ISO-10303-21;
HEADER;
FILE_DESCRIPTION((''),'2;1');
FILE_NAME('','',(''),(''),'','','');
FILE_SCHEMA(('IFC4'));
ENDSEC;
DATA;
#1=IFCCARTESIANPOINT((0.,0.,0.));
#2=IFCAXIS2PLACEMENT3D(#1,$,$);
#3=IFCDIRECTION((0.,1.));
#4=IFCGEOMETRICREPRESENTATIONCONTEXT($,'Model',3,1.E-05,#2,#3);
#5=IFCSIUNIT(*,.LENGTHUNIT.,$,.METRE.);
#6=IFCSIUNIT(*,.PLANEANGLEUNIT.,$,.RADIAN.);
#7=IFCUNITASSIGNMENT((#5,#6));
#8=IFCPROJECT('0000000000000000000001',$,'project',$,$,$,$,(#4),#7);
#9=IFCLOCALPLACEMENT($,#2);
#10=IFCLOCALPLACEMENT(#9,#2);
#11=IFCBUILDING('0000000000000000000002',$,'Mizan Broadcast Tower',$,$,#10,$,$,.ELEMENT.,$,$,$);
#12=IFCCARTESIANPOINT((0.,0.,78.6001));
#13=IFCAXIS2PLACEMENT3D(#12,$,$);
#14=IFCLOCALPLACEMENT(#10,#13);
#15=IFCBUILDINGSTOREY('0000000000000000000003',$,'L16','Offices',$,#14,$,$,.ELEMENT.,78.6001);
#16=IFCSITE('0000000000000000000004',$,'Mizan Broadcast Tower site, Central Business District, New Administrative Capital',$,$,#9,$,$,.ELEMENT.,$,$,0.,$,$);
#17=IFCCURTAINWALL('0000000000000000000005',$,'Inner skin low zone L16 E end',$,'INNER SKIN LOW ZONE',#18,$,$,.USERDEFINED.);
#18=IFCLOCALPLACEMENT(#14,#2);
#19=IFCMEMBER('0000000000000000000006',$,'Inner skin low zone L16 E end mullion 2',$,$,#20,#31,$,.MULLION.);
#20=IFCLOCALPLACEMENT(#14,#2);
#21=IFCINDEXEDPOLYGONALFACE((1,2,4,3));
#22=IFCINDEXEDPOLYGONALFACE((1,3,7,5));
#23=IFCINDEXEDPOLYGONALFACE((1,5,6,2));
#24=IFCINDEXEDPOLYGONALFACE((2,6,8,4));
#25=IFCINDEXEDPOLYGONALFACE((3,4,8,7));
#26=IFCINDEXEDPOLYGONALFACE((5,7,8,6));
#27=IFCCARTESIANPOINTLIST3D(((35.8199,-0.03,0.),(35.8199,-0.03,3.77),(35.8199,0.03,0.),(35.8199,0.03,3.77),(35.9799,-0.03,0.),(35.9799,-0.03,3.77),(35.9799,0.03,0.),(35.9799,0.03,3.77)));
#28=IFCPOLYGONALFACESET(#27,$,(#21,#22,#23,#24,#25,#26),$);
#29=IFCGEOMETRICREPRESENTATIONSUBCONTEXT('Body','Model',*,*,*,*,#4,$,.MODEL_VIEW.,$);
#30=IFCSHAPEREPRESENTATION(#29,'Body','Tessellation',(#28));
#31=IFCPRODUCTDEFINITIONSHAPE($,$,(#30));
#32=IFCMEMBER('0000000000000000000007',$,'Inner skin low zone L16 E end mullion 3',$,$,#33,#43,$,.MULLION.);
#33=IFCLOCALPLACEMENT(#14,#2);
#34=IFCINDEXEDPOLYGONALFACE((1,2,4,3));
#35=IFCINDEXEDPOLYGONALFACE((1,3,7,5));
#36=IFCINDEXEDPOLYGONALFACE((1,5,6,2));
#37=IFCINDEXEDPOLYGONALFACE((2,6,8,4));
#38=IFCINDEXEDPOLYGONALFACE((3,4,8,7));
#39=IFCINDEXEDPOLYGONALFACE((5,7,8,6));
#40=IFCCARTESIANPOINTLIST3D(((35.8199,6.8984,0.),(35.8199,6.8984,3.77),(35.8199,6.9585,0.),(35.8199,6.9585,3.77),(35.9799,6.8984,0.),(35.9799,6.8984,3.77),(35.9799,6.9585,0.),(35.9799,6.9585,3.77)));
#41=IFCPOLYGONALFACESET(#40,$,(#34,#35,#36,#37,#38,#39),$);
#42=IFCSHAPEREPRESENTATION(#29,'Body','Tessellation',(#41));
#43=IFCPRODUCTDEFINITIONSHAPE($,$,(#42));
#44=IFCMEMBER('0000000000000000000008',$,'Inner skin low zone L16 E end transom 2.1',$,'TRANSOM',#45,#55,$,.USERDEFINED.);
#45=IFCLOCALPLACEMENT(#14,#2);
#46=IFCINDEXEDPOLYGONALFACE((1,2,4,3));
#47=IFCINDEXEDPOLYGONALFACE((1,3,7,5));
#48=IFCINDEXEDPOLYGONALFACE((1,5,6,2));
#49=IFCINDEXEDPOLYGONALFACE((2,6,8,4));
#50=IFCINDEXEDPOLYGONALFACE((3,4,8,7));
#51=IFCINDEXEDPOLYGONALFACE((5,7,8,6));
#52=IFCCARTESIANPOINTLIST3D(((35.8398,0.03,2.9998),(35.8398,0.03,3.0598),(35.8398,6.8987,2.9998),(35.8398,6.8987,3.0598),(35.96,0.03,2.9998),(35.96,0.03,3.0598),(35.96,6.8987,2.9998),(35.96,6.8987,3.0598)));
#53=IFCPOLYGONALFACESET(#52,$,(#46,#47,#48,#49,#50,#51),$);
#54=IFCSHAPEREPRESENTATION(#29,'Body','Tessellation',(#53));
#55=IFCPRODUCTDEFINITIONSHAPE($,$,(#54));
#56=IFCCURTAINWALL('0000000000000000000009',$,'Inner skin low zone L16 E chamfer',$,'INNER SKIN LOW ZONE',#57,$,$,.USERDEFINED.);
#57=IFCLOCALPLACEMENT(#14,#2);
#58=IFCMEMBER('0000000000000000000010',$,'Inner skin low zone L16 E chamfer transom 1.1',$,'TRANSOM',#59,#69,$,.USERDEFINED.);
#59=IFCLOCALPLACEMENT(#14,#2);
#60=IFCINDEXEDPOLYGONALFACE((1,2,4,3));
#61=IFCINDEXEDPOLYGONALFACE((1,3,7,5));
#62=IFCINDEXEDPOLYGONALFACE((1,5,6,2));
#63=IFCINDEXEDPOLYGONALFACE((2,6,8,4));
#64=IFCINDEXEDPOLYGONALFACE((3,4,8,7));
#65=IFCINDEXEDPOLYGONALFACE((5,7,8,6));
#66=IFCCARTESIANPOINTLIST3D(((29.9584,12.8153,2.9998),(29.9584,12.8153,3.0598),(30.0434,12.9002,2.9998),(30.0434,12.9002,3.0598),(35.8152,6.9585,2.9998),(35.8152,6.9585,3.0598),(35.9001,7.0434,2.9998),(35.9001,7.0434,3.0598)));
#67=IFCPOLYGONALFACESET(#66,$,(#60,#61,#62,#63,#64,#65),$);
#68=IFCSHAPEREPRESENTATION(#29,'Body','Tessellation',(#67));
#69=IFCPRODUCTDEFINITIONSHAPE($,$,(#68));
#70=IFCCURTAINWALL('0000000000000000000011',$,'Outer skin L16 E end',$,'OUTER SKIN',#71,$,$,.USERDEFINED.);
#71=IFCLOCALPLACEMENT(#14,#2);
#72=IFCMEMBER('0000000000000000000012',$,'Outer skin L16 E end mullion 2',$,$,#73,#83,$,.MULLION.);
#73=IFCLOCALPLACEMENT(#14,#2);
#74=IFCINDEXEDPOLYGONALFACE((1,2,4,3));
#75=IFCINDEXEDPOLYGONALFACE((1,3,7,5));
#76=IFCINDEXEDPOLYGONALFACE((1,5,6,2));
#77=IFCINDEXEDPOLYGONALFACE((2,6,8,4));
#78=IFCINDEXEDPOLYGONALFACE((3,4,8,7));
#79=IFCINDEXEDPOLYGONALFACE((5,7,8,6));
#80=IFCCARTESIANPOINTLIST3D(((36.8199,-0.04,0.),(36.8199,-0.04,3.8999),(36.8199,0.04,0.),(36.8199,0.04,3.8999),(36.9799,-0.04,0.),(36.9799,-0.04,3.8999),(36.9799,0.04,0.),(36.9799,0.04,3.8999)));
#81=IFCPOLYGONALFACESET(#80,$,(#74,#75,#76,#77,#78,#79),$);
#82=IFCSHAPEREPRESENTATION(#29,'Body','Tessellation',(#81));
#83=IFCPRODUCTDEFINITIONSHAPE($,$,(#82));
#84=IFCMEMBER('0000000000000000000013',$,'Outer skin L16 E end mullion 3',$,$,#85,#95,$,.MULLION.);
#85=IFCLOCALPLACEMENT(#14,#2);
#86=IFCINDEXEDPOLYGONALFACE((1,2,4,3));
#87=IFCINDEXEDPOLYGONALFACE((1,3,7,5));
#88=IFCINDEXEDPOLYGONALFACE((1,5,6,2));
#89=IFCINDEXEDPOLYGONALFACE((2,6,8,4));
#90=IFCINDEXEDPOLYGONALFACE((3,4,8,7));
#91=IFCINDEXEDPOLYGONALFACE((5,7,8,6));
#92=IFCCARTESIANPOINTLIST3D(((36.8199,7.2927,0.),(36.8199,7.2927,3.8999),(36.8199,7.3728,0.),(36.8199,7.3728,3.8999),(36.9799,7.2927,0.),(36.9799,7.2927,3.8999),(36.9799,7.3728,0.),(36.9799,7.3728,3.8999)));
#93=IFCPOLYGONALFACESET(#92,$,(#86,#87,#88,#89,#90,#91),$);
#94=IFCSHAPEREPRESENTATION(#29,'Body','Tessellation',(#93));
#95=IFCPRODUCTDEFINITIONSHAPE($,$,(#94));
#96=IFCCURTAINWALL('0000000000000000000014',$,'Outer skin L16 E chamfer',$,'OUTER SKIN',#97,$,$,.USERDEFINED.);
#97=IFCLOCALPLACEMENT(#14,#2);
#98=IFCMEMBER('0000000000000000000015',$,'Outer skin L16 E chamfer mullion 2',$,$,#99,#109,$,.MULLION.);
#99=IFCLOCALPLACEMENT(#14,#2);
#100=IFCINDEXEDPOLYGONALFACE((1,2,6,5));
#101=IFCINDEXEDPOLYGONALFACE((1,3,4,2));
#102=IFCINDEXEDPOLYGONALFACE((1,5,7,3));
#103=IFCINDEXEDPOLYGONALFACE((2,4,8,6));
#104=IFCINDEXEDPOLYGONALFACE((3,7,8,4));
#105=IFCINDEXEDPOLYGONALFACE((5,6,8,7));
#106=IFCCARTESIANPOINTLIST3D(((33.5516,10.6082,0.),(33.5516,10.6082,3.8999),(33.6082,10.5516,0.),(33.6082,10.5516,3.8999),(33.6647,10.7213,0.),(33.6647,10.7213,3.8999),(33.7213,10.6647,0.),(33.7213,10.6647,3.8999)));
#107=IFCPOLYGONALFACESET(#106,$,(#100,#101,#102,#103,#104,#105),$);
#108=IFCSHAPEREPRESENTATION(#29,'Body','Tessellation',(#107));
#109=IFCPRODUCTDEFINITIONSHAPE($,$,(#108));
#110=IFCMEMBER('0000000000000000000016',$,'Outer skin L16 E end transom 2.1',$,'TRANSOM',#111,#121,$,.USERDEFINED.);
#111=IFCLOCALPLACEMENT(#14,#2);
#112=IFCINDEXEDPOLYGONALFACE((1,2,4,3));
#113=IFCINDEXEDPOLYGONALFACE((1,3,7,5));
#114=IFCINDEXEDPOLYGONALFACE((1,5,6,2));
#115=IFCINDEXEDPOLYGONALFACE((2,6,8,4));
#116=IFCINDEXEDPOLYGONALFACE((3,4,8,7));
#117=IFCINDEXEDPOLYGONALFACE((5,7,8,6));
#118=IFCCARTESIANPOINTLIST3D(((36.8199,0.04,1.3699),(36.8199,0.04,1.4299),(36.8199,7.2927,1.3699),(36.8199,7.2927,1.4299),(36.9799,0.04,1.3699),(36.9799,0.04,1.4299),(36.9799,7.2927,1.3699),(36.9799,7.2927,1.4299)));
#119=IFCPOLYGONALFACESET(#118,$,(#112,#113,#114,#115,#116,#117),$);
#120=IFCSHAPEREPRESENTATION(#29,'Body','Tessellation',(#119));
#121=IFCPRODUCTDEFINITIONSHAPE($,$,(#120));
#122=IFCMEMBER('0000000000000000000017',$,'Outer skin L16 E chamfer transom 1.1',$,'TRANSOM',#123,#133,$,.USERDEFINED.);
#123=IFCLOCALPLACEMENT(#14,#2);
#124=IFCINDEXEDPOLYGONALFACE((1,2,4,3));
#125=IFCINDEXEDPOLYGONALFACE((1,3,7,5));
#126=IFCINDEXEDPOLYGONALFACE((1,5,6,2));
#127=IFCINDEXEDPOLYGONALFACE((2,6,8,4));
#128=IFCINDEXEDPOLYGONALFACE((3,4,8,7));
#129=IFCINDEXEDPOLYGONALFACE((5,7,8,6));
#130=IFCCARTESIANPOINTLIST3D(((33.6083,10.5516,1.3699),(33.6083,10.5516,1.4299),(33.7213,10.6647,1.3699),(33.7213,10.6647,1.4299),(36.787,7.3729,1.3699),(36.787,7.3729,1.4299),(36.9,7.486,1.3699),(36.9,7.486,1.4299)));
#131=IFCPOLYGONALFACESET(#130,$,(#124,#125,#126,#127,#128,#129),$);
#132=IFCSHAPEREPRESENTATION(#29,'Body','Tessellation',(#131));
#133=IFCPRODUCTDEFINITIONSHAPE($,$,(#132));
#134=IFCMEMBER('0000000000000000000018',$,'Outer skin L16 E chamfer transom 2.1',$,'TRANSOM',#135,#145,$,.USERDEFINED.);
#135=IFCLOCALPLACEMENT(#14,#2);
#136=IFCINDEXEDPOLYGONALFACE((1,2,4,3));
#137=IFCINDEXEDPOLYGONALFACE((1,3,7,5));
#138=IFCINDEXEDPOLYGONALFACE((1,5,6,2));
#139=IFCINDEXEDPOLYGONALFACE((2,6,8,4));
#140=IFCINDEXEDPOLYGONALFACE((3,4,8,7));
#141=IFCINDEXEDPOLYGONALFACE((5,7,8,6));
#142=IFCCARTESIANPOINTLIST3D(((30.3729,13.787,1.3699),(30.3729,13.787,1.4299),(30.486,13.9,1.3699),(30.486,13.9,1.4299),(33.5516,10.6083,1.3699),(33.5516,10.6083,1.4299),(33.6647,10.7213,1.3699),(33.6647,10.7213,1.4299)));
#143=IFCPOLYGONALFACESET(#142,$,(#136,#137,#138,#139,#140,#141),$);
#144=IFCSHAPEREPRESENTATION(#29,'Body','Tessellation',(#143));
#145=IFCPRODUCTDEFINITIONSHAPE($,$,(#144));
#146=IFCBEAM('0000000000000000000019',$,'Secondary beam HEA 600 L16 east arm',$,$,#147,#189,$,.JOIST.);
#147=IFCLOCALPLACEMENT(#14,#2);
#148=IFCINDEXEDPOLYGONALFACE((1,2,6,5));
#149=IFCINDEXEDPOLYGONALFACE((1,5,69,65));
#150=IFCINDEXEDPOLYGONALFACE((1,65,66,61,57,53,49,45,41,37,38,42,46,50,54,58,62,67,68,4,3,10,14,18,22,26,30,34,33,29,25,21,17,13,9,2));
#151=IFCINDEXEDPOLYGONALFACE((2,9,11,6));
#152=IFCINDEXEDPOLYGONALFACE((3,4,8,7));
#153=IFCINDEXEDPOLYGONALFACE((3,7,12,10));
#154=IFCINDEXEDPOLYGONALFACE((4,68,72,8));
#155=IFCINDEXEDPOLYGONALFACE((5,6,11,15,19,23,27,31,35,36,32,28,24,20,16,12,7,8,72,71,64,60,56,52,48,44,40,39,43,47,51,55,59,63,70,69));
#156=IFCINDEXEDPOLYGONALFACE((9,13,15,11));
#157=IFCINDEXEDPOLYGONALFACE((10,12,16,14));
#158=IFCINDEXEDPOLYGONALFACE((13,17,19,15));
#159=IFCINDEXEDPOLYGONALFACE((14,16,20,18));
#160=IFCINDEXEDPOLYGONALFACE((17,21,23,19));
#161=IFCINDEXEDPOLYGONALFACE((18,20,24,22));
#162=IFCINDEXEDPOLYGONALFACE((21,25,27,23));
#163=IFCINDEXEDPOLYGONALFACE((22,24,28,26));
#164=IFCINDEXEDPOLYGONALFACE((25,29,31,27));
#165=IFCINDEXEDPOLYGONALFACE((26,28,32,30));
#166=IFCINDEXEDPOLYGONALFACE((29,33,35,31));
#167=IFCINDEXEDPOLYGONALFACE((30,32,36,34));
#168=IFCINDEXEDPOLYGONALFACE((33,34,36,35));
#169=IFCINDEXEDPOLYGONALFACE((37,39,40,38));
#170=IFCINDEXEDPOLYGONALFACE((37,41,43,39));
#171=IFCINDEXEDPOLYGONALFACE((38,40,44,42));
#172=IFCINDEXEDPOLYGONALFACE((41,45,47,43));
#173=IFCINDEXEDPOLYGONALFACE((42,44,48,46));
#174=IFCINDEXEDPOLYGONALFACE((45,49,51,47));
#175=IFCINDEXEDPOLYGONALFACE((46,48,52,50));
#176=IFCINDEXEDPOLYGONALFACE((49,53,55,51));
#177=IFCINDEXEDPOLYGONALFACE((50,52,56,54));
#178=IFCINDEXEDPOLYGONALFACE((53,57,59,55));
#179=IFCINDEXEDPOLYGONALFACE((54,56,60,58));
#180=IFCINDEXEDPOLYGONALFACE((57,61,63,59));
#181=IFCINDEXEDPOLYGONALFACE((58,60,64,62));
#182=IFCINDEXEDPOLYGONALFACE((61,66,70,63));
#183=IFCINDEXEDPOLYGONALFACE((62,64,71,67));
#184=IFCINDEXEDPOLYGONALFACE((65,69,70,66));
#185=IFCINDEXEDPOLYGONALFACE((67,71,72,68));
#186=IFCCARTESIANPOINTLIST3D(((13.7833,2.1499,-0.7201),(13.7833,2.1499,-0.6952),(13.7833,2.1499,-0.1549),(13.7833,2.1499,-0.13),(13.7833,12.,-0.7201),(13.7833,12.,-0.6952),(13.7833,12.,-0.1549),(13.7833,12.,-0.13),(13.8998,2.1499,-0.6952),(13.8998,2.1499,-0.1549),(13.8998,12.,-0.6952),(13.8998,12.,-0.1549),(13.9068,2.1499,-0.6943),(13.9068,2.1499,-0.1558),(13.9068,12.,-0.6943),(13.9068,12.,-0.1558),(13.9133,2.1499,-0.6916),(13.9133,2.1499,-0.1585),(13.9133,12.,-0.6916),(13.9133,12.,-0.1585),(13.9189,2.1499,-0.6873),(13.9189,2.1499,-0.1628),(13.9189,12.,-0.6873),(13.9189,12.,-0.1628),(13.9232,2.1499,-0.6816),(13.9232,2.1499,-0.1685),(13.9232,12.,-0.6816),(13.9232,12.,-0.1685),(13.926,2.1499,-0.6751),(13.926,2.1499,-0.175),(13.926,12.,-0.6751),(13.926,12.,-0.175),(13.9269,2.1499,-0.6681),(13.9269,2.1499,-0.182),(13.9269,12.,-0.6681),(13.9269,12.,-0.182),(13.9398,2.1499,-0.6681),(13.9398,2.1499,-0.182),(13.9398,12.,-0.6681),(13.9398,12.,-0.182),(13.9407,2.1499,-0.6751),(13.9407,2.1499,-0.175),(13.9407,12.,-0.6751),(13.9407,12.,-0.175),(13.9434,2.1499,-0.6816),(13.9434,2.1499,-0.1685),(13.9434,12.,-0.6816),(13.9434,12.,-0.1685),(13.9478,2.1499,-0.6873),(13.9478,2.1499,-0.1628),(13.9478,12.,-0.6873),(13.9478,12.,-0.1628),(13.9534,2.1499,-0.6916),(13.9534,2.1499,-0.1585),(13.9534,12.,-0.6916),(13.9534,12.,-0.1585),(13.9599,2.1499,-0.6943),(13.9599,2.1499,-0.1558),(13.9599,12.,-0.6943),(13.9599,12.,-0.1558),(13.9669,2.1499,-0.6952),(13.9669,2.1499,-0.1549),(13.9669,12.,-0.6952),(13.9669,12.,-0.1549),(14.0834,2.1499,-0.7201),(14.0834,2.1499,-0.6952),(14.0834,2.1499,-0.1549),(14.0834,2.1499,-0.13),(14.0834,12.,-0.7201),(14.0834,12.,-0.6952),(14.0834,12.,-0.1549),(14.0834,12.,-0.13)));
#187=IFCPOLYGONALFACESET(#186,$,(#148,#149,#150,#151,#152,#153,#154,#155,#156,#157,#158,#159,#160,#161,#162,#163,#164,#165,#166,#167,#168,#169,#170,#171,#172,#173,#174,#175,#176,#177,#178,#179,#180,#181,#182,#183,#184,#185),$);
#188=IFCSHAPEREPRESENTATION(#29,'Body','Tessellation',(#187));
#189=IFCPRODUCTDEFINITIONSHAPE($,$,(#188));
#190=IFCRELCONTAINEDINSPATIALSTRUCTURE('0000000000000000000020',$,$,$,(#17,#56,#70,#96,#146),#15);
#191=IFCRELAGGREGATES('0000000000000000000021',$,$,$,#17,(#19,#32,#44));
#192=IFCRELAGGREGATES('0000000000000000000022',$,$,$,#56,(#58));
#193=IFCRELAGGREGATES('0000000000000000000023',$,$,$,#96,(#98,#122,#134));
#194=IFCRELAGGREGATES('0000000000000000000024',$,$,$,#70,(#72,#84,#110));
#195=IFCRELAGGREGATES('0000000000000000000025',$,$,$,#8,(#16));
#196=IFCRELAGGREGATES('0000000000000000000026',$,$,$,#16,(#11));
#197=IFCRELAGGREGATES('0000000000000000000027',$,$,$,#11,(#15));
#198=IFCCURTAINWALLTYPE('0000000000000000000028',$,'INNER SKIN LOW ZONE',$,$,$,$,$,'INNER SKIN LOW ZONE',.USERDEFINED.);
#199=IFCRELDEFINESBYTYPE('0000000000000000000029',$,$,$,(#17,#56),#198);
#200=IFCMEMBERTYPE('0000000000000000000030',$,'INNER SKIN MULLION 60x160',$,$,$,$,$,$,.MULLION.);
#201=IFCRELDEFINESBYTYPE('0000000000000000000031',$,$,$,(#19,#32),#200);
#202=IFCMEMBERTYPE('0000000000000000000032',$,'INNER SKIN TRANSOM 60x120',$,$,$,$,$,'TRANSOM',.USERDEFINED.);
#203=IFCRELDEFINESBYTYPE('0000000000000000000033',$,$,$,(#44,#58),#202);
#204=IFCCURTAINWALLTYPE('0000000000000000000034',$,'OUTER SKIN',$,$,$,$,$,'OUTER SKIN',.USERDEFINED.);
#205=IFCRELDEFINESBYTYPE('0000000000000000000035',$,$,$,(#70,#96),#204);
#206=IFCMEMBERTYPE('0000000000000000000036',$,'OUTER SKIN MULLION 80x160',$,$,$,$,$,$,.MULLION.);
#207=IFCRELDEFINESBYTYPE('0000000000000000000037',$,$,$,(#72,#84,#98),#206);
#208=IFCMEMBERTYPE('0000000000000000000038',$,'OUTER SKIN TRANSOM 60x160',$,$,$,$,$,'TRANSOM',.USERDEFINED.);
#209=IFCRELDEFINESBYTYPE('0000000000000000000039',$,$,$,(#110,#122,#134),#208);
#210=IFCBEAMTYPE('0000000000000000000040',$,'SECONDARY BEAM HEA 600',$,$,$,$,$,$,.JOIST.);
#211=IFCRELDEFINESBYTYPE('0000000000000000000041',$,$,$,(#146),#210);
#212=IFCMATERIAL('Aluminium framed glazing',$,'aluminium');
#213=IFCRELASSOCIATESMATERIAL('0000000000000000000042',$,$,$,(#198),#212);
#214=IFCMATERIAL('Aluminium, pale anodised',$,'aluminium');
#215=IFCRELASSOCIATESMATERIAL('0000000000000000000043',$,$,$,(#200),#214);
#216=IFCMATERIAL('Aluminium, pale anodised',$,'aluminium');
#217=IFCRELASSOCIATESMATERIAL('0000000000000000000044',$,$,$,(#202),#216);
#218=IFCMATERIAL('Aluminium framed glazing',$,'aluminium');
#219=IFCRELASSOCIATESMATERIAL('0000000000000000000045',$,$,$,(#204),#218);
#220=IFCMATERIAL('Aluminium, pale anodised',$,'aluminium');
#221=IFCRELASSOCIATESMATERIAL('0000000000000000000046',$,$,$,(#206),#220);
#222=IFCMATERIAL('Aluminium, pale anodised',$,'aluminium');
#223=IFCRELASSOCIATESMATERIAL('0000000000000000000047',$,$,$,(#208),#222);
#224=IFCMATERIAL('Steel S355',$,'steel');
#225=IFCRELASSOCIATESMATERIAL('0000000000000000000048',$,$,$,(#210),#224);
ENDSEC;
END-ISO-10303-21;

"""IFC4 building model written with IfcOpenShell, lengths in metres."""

from ifc_helpers import new_model, si_unit, direction, frame, origin, origin_2d, place, context, subcontext, project, spatial, rectangle, i_section, extrude, material, material_profile, profile_set, type_object, element, aggregate, save


model = new_model("IFC4")

# Units and contexts
model_context = context("Model", 3, precision=1e-05, world=origin(), true_north=direction((0.0, 1.0)))
body_context = subcontext(model_context, "Body", "Model", "MODEL_VIEW")
ifc_project = project(units=[si_unit("LENGTHUNIT", "METRE"), si_unit("PLANEANGLEUNIT", "RADIAN")], contexts=[model_context])

# Site, building, storey
site_placement = place(None, origin())
site = spatial("IfcSite", under=ifc_project, at=site_placement, Name="Mizan Broadcast Tower site, Central Business District, New Administrative Capital", CompositionType="ELEMENT", RefElevation=0.0)
building_placement = place(site_placement, origin())
building = spatial("IfcBuilding", under=site, at=building_placement, Name="Mizan Broadcast Tower", CompositionType="ELEMENT")
storey_placement = place(building_placement, frame((0.0, 0.0, 78.6001)))
storey = spatial("IfcBuildingStorey", under=building, at=storey_placement, Name="L16", Description="Offices", CompositionType="ELEMENT", Elevation=78.6001)

# Curtain wall, members
ifc_material_1 = material(Name="Aluminium framed glazing", Category="aluminium")
curtain_wall_type_1 = type_object("IfcCurtainWallType", Name="INNER SKIN LOW ZONE", ElementType="INNER SKIN LOW ZONE", PredefinedType="USERDEFINED", material=ifc_material_1)
curtain_wall_1_placement = place(storey_placement, origin())
curtain_wall_1 = element("IfcCurtainWall", 1, at=curtain_wall_1_placement, inside=storey, type_object=curtain_wall_type_1, Name="Inner skin low zone L16 E end", ObjectType="INNER SKIN LOW ZONE", PredefinedType="USERDEFINED")
ifc_material_2 = material(Name="Aluminium, pale anodised", Category="aluminium")
ifc_material_profile_1 = material_profile(ifc_material_2, rectangle(XDim=0.1599, YDim=0.0601, at=origin_2d()), Name="MULLION 160x60")
ifc_profile_set_1 = profile_set([ifc_material_profile_1], Name="Aluminium, pale anodised")
member_type_1 = type_object("IfcMemberType", Name="INNER SKIN MULLION 60x160", PredefinedType="MULLION", material=ifc_profile_set_1)
member_1_placement = place(storey_placement, frame((35.8999, 0.0, 0.0), z_axis=(0.0, 0.0, 1.0), x_axis=(-1.0, 0.0, 0.0)))
member_1 = element("IfcMember", 2, at=member_1_placement, type_object=member_type_1, Name="Inner skin low zone L16 E end mullion 2", PredefinedType="MULLION", context=body_context, shape_type="SweptSolid", body=[
    extrude(rectangle(XDim=0.1599, YDim=0.0601, at=origin_2d()), origin(), (0.0, 0.0, 1.0), 3.77),
])
member_2_placement = place(storey_placement, frame((35.8999, 6.9285, 0.0), z_axis=(0.0, 0.0, 1.0), x_axis=(-1.0, 0.0, 0.0)))
member_2 = element("IfcMember", 3, at=member_2_placement, type_object=member_type_1, Name="Inner skin low zone L16 E end mullion 3", PredefinedType="MULLION", context=body_context, shape_type="SweptSolid", body=[
    extrude(rectangle(XDim=0.1599, YDim=0.0601, at=origin_2d()), origin(), (0.0, 0.0, 1.0), 3.77),
])
ifc_material_3 = material(Name="Aluminium, pale anodised", Category="aluminium")
ifc_material_profile_2 = material_profile(ifc_material_3, rectangle(XDim=0.1201, YDim=0.0601, at=origin_2d()), Name="TRANSOM 120x60")
ifc_profile_set_2 = profile_set([ifc_material_profile_2], Name="Aluminium, pale anodised")
member_type_2 = type_object("IfcMemberType", Name="INNER SKIN TRANSOM 60x120", ElementType="TRANSOM", PredefinedType="USERDEFINED", material=ifc_profile_set_2)
member_3_placement = place(storey_placement, frame((35.8999, 0.03, 3.0298), z_axis=(0.0, 1.0, 0.0), x_axis=(-1.0, 0.0, 0.0)))
member_3 = element("IfcMember", 4, at=member_3_placement, type_object=member_type_2, Name="Inner skin low zone L16 E end transom 2.1", ObjectType="TRANSOM", PredefinedType="USERDEFINED", context=body_context, shape_type="SweptSolid", body=[
    extrude(rectangle(XDim=0.1201, YDim=0.0601, at=origin_2d()), origin(), (0.0, 0.0, 1.0), 6.8687),
])

# Curtain wall, member
curtain_wall_2_placement = place(storey_placement, origin())
curtain_wall_2 = element("IfcCurtainWall", 5, at=curtain_wall_2_placement, inside=storey, type_object=curtain_wall_type_1, Name="Inner skin low zone L16 E chamfer", ObjectType="INNER SKIN LOW ZONE", PredefinedType="USERDEFINED")
member_4_placement = place(storey_placement, frame((35.8577, 7.001, 3.0298), z_axis=(-0.707107, 0.707107, 0.0), x_axis=(-0.707107, -0.707107, 0.0)))
member_4 = element("IfcMember", 6, at=member_4_placement, type_object=member_type_2, Name="Inner skin low zone L16 E chamfer transom 1.1", ObjectType="TRANSOM", PredefinedType="USERDEFINED", context=body_context, shape_type="SweptSolid", body=[
    extrude(rectangle(XDim=0.1201, YDim=0.0601, at=origin_2d()), origin(), (0.0, 0.0, 1.0), 8.2827),
])

# Curtain wall, members
ifc_material_4 = material(Name="Aluminium framed glazing", Category="aluminium")
curtain_wall_type_2 = type_object("IfcCurtainWallType", Name="OUTER SKIN", ElementType="OUTER SKIN", PredefinedType="USERDEFINED", material=ifc_material_4)
curtain_wall_3_placement = place(storey_placement, origin())
curtain_wall_3 = element("IfcCurtainWall", 7, at=curtain_wall_3_placement, inside=storey, type_object=curtain_wall_type_2, Name="Outer skin L16 E end", ObjectType="OUTER SKIN", PredefinedType="USERDEFINED")
ifc_material_5 = material(Name="Aluminium, pale anodised", Category="aluminium")
ifc_material_profile_3 = material_profile(ifc_material_5, rectangle(XDim=0.1599, YDim=0.0801, at=origin_2d()), Name="MULLION 160x80")
ifc_profile_set_3 = profile_set([ifc_material_profile_3], Name="Aluminium, pale anodised")
member_type_3 = type_object("IfcMemberType", Name="OUTER SKIN MULLION 80x160", PredefinedType="MULLION", material=ifc_profile_set_3)
member_5_placement = place(storey_placement, frame((36.8999, 0.0, 0.0), z_axis=(0.0, 0.0, 1.0), x_axis=(-1.0, 0.0, 0.0)))
member_5 = element("IfcMember", 8, at=member_5_placement, type_object=member_type_3, Name="Outer skin L16 E end mullion 2", PredefinedType="MULLION", context=body_context, shape_type="SweptSolid", body=[
    extrude(rectangle(XDim=0.1599, YDim=0.0801, at=origin_2d()), origin(), (0.0, 0.0, 1.0), 3.8999),
])
member_6_placement = place(storey_placement, frame((36.8999, 7.3328, 0.0), z_axis=(0.0, 0.0, 1.0), x_axis=(-1.0, 0.0, 0.0)))
member_6 = element("IfcMember", 9, at=member_6_placement, type_object=member_type_3, Name="Outer skin L16 E end mullion 3", PredefinedType="MULLION", context=body_context, shape_type="SweptSolid", body=[
    extrude(rectangle(XDim=0.1599, YDim=0.0801, at=origin_2d()), origin(), (0.0, 0.0, 1.0), 3.8999),
])

# Curtain wall, member
curtain_wall_4_placement = place(storey_placement, origin())
curtain_wall_4 = element("IfcCurtainWall", 10, at=curtain_wall_4_placement, inside=storey, type_object=curtain_wall_type_2, Name="Outer skin L16 E chamfer", ObjectType="OUTER SKIN", PredefinedType="USERDEFINED")
member_7_placement = place(storey_placement, frame((33.6365, 10.6365, 0.0), z_axis=(0.0, 0.0, 1.0), x_axis=(-0.707107, -0.707107, 0.0)))
member_7 = element("IfcMember", 11, at=member_7_placement, type_object=member_type_3, Name="Outer skin L16 E chamfer mullion 2", PredefinedType="MULLION", context=body_context, shape_type="SweptSolid", body=[
    extrude(rectangle(XDim=0.1599, YDim=0.0801, at=origin_2d()), origin(), (0.0, 0.0, 1.0), 3.8999),
])

# Members
ifc_material_6 = material(Name="Aluminium, pale anodised", Category="aluminium")
ifc_material_profile_4 = material_profile(ifc_material_6, rectangle(XDim=0.1599, YDim=0.0601, at=origin_2d()), Name="TRANSOM 160x60")
ifc_profile_set_4 = profile_set([ifc_material_profile_4], Name="Aluminium, pale anodised")
member_type_4 = type_object("IfcMemberType", Name="OUTER SKIN TRANSOM 60x160", ElementType="TRANSOM", PredefinedType="USERDEFINED", material=ifc_profile_set_4)
member_8_placement = place(storey_placement, frame((36.8999, 0.04, 1.3999), z_axis=(0.0, 1.0, 0.0), x_axis=(-1.0, 0.0, 0.0)))
member_8 = element("IfcMember", 12, at=member_8_placement, type_object=member_type_4, Name="Outer skin L16 E end transom 2.1", ObjectType="TRANSOM", PredefinedType="USERDEFINED", context=body_context, shape_type="SweptSolid", body=[
    extrude(rectangle(XDim=0.1599, YDim=0.0601, at=origin_2d()), origin(), (0.0, 0.0, 1.0), 7.2527),
])
member_9_placement = place(storey_placement, frame((36.8435, 7.4294, 1.3999), z_axis=(-0.707107, 0.707107, 0.0), x_axis=(-0.707107, -0.707107, 0.0)))
member_9 = element("IfcMember", 13, at=member_9_placement, type_object=member_type_4, Name="Outer skin L16 E chamfer transom 1.1", ObjectType="TRANSOM", PredefinedType="USERDEFINED", context=body_context, shape_type="SweptSolid", body=[
    extrude(rectangle(XDim=0.1599, YDim=0.0601, at=origin_2d()), origin(), (0.0, 0.0, 1.0), 4.4954),
])
member_10_placement = place(storey_placement, frame((33.6082, 10.6648, 1.3999), z_axis=(-0.707107, 0.707107, 0.0), x_axis=(-0.707107, -0.707107, 0.0)))
member_10 = element("IfcMember", 14, at=member_10_placement, type_object=member_type_4, Name="Outer skin L16 E chamfer transom 2.1", ObjectType="TRANSOM", PredefinedType="USERDEFINED", context=body_context, shape_type="SweptSolid", body=[
    extrude(rectangle(XDim=0.1599, YDim=0.0601, at=origin_2d()), origin(), (0.0, 0.0, 1.0), 4.4954),
])

# Beam
ifc_material_7 = material(Name="Steel S355", Category="steel")
ifc_material_profile_5 = material_profile(ifc_material_7, i_section(OverallWidth=0.3, OverallDepth=0.5901, WebThickness=0.0129, FlangeThickness=0.0249, FilletRadius=0.0271, at=origin_2d()), Name="HEA 600")
ifc_profile_set_5 = profile_set([ifc_material_profile_5], Name="Steel S355")
beam_type_1 = type_object("IfcBeamType", Name="SECONDARY BEAM HEA 600", PredefinedType="JOIST", material=ifc_profile_set_5)
for number, where, z_axis, x_axis, name in (
    (15, (13.9333, 12.0, -0.425), (0.0, -1.0, 0.0), (1.0, 0.0, 0.0), "Secondary beam HEA 600 L16 east arm"),
):
    element("IfcBeam", number, at=place(storey_placement, frame(where, z_axis=z_axis, x_axis=x_axis)), inside=storey, type_object=beam_type_1, Name=name, PredefinedType="JOIST", context=body_context, shape_type="SweptSolid", body=[
        extrude(i_section(OverallWidth=0.3, OverallDepth=0.5901, WebThickness=0.0129, FlangeThickness=0.0249, FilletRadius=0.0271, at=origin_2d()), origin(), (0.0, 0.0, 1.0), 9.8501),
    ])

aggregate(curtain_wall_1, [member_1, member_2, member_3])
aggregate(curtain_wall_2, [member_4])
aggregate(curtain_wall_4, [member_7, member_9, member_10])
aggregate(curtain_wall_3, [member_5, member_6, member_8])

save(model, "model.ifc")
